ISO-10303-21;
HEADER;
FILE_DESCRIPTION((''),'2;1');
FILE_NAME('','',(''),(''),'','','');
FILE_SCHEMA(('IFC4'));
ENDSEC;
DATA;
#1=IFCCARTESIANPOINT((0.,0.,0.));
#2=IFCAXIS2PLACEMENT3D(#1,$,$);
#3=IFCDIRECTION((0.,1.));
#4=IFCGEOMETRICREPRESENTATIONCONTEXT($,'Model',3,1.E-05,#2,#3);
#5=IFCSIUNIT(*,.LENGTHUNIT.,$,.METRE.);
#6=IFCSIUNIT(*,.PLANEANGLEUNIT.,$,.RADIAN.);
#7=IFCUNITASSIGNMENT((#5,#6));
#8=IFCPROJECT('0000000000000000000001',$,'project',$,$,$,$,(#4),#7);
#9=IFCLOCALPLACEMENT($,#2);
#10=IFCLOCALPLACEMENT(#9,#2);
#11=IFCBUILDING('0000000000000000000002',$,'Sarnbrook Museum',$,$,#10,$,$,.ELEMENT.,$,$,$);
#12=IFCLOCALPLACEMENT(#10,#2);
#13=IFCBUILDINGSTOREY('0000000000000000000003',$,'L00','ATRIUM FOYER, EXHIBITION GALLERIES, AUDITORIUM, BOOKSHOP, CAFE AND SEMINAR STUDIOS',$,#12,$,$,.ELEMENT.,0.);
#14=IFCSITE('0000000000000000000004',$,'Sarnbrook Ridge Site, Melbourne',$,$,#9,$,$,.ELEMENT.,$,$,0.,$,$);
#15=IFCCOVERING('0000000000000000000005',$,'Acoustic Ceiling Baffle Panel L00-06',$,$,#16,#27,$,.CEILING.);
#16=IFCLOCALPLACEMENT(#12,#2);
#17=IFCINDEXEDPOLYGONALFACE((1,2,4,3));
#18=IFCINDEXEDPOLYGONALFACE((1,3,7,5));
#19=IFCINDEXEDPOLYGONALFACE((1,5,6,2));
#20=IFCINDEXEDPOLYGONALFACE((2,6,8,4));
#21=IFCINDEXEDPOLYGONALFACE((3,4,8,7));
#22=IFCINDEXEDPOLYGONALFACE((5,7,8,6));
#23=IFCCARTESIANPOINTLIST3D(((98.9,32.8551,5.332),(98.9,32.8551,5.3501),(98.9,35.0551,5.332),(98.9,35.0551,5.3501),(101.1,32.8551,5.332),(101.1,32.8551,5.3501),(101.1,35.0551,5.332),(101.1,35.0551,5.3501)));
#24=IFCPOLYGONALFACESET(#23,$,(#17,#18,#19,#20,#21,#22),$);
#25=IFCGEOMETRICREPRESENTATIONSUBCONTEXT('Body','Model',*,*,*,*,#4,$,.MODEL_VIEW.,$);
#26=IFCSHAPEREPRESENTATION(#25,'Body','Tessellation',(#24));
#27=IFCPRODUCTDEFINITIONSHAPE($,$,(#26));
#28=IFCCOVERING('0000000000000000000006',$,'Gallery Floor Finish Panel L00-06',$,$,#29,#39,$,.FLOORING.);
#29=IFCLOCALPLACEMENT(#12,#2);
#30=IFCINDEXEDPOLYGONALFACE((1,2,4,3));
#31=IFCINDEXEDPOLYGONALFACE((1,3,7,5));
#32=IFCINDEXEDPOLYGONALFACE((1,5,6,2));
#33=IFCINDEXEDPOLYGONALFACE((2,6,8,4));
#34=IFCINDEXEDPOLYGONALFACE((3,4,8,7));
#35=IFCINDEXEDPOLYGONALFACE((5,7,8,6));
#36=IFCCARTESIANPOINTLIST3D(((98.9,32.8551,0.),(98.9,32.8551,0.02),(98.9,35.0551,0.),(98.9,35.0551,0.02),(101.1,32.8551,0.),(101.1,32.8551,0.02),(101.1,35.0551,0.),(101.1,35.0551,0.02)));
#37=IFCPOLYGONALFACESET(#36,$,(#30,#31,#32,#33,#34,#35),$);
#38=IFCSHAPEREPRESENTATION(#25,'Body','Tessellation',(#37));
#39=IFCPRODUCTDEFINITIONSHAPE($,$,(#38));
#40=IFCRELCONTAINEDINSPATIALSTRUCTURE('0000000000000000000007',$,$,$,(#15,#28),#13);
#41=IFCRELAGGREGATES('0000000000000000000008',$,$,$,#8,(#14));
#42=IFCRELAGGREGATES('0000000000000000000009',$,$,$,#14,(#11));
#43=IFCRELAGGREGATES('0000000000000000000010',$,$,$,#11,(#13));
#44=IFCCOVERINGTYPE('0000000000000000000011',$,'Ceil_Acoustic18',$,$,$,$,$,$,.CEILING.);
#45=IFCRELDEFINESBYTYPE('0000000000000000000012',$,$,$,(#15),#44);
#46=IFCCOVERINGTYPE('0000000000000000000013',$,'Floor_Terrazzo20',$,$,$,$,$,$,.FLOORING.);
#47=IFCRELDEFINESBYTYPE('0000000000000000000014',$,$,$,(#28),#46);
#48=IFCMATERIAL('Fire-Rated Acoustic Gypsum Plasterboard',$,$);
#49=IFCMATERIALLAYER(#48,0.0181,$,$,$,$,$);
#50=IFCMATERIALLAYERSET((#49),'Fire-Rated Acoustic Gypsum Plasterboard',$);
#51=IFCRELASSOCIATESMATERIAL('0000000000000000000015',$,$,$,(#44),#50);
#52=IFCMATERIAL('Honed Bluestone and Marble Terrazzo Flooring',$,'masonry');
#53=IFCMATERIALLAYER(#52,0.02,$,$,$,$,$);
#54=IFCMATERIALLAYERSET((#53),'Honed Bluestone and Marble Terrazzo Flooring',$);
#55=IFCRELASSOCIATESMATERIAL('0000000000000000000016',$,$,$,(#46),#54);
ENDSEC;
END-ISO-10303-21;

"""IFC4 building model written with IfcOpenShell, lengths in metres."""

from ifc_helpers import new_model, si_unit, direction, frame, origin, origin_2d, place, context, subcontext, project, spatial, rectangle, extrude, material, layer, layer_set, type_object, element, save


model = new_model("IFC4")

# Units and contexts
model_context = context("Model", 3, precision=1e-05, world=origin(), true_north=direction((0.0, 1.0)))
body_context = subcontext(model_context, "Body", "Model", "MODEL_VIEW")
ifc_project = project(units=[si_unit("LENGTHUNIT", "METRE"), si_unit("PLANEANGLEUNIT", "RADIAN")], contexts=[model_context])

# Site, building, storey
site_placement = place(None, origin())
site = spatial("IfcSite", under=ifc_project, at=site_placement, Name="Sarnbrook Ridge Site, Melbourne", CompositionType="ELEMENT", RefElevation=0.0)
building_placement = place(site_placement, origin())
building = spatial("IfcBuilding", under=site, at=building_placement, Name="Sarnbrook Museum", CompositionType="ELEMENT")
storey_placement = place(building_placement, origin())
storey = spatial("IfcBuildingStorey", under=building, at=storey_placement, Name="L00", Description="ATRIUM FOYER, EXHIBITION GALLERIES, AUDITORIUM, BOOKSHOP, CAFE AND SEMINAR STUDIOS", CompositionType="ELEMENT", Elevation=0.0)

# Shared definitions
ifc_material_1 = material(Name="Fire-Rated Acoustic Gypsum Plasterboard")

# Coverings
ifc_layer_1 = layer(ifc_material_1, 0.0181)
ifc_layer_set_1 = layer_set([ifc_layer_1], Name="Fire-Rated Acoustic Gypsum Plasterboard")
covering_type_1 = type_object("IfcCoveringType", Name="Ceil_Acoustic18", PredefinedType="CEILING", material=ifc_layer_set_1)
covering_1_placement = place(storey_placement, frame((100.0, 33.9551, 5.332), z_axis=(0.0, 0.0, 1.0), x_axis=(1.0, 0.0, 0.0)))
element("IfcCovering", 1, at=covering_1_placement, inside=storey, type_object=covering_type_1, Name="Acoustic Ceiling Baffle Panel L00-06", PredefinedType="CEILING", context=body_context, shape_type="SweptSolid", body=[
    extrude(rectangle(XDim=2.2, YDim=2.2, at=origin_2d()), origin(), (0.0, 0.0, 1.0), 0.0181),
])
ifc_material_2 = material(Name="Honed Bluestone and Marble Terrazzo Flooring", Category="masonry")
ifc_layer_2 = layer(ifc_material_2, 0.02)
ifc_layer_set_2 = layer_set([ifc_layer_2], Name="Honed Bluestone and Marble Terrazzo Flooring")
covering_type_2 = type_object("IfcCoveringType", Name="Floor_Terrazzo20", PredefinedType="FLOORING", material=ifc_layer_set_2)
covering_2_placement = place(storey_placement, frame((100.0, 33.9551, 0.0), z_axis=(0.0, 0.0, 1.0), x_axis=(1.0, 0.0, 0.0)))
element("IfcCovering", 2, at=covering_2_placement, inside=storey, type_object=covering_type_2, Name="Gallery Floor Finish Panel L00-06", PredefinedType="FLOORING", context=body_context, shape_type="SweptSolid", body=[
    extrude(rectangle(XDim=2.2, YDim=2.2, at=origin_2d()), origin(), (0.0, 0.0, 1.0), 0.02),
])

save(model, "model.ifc")
